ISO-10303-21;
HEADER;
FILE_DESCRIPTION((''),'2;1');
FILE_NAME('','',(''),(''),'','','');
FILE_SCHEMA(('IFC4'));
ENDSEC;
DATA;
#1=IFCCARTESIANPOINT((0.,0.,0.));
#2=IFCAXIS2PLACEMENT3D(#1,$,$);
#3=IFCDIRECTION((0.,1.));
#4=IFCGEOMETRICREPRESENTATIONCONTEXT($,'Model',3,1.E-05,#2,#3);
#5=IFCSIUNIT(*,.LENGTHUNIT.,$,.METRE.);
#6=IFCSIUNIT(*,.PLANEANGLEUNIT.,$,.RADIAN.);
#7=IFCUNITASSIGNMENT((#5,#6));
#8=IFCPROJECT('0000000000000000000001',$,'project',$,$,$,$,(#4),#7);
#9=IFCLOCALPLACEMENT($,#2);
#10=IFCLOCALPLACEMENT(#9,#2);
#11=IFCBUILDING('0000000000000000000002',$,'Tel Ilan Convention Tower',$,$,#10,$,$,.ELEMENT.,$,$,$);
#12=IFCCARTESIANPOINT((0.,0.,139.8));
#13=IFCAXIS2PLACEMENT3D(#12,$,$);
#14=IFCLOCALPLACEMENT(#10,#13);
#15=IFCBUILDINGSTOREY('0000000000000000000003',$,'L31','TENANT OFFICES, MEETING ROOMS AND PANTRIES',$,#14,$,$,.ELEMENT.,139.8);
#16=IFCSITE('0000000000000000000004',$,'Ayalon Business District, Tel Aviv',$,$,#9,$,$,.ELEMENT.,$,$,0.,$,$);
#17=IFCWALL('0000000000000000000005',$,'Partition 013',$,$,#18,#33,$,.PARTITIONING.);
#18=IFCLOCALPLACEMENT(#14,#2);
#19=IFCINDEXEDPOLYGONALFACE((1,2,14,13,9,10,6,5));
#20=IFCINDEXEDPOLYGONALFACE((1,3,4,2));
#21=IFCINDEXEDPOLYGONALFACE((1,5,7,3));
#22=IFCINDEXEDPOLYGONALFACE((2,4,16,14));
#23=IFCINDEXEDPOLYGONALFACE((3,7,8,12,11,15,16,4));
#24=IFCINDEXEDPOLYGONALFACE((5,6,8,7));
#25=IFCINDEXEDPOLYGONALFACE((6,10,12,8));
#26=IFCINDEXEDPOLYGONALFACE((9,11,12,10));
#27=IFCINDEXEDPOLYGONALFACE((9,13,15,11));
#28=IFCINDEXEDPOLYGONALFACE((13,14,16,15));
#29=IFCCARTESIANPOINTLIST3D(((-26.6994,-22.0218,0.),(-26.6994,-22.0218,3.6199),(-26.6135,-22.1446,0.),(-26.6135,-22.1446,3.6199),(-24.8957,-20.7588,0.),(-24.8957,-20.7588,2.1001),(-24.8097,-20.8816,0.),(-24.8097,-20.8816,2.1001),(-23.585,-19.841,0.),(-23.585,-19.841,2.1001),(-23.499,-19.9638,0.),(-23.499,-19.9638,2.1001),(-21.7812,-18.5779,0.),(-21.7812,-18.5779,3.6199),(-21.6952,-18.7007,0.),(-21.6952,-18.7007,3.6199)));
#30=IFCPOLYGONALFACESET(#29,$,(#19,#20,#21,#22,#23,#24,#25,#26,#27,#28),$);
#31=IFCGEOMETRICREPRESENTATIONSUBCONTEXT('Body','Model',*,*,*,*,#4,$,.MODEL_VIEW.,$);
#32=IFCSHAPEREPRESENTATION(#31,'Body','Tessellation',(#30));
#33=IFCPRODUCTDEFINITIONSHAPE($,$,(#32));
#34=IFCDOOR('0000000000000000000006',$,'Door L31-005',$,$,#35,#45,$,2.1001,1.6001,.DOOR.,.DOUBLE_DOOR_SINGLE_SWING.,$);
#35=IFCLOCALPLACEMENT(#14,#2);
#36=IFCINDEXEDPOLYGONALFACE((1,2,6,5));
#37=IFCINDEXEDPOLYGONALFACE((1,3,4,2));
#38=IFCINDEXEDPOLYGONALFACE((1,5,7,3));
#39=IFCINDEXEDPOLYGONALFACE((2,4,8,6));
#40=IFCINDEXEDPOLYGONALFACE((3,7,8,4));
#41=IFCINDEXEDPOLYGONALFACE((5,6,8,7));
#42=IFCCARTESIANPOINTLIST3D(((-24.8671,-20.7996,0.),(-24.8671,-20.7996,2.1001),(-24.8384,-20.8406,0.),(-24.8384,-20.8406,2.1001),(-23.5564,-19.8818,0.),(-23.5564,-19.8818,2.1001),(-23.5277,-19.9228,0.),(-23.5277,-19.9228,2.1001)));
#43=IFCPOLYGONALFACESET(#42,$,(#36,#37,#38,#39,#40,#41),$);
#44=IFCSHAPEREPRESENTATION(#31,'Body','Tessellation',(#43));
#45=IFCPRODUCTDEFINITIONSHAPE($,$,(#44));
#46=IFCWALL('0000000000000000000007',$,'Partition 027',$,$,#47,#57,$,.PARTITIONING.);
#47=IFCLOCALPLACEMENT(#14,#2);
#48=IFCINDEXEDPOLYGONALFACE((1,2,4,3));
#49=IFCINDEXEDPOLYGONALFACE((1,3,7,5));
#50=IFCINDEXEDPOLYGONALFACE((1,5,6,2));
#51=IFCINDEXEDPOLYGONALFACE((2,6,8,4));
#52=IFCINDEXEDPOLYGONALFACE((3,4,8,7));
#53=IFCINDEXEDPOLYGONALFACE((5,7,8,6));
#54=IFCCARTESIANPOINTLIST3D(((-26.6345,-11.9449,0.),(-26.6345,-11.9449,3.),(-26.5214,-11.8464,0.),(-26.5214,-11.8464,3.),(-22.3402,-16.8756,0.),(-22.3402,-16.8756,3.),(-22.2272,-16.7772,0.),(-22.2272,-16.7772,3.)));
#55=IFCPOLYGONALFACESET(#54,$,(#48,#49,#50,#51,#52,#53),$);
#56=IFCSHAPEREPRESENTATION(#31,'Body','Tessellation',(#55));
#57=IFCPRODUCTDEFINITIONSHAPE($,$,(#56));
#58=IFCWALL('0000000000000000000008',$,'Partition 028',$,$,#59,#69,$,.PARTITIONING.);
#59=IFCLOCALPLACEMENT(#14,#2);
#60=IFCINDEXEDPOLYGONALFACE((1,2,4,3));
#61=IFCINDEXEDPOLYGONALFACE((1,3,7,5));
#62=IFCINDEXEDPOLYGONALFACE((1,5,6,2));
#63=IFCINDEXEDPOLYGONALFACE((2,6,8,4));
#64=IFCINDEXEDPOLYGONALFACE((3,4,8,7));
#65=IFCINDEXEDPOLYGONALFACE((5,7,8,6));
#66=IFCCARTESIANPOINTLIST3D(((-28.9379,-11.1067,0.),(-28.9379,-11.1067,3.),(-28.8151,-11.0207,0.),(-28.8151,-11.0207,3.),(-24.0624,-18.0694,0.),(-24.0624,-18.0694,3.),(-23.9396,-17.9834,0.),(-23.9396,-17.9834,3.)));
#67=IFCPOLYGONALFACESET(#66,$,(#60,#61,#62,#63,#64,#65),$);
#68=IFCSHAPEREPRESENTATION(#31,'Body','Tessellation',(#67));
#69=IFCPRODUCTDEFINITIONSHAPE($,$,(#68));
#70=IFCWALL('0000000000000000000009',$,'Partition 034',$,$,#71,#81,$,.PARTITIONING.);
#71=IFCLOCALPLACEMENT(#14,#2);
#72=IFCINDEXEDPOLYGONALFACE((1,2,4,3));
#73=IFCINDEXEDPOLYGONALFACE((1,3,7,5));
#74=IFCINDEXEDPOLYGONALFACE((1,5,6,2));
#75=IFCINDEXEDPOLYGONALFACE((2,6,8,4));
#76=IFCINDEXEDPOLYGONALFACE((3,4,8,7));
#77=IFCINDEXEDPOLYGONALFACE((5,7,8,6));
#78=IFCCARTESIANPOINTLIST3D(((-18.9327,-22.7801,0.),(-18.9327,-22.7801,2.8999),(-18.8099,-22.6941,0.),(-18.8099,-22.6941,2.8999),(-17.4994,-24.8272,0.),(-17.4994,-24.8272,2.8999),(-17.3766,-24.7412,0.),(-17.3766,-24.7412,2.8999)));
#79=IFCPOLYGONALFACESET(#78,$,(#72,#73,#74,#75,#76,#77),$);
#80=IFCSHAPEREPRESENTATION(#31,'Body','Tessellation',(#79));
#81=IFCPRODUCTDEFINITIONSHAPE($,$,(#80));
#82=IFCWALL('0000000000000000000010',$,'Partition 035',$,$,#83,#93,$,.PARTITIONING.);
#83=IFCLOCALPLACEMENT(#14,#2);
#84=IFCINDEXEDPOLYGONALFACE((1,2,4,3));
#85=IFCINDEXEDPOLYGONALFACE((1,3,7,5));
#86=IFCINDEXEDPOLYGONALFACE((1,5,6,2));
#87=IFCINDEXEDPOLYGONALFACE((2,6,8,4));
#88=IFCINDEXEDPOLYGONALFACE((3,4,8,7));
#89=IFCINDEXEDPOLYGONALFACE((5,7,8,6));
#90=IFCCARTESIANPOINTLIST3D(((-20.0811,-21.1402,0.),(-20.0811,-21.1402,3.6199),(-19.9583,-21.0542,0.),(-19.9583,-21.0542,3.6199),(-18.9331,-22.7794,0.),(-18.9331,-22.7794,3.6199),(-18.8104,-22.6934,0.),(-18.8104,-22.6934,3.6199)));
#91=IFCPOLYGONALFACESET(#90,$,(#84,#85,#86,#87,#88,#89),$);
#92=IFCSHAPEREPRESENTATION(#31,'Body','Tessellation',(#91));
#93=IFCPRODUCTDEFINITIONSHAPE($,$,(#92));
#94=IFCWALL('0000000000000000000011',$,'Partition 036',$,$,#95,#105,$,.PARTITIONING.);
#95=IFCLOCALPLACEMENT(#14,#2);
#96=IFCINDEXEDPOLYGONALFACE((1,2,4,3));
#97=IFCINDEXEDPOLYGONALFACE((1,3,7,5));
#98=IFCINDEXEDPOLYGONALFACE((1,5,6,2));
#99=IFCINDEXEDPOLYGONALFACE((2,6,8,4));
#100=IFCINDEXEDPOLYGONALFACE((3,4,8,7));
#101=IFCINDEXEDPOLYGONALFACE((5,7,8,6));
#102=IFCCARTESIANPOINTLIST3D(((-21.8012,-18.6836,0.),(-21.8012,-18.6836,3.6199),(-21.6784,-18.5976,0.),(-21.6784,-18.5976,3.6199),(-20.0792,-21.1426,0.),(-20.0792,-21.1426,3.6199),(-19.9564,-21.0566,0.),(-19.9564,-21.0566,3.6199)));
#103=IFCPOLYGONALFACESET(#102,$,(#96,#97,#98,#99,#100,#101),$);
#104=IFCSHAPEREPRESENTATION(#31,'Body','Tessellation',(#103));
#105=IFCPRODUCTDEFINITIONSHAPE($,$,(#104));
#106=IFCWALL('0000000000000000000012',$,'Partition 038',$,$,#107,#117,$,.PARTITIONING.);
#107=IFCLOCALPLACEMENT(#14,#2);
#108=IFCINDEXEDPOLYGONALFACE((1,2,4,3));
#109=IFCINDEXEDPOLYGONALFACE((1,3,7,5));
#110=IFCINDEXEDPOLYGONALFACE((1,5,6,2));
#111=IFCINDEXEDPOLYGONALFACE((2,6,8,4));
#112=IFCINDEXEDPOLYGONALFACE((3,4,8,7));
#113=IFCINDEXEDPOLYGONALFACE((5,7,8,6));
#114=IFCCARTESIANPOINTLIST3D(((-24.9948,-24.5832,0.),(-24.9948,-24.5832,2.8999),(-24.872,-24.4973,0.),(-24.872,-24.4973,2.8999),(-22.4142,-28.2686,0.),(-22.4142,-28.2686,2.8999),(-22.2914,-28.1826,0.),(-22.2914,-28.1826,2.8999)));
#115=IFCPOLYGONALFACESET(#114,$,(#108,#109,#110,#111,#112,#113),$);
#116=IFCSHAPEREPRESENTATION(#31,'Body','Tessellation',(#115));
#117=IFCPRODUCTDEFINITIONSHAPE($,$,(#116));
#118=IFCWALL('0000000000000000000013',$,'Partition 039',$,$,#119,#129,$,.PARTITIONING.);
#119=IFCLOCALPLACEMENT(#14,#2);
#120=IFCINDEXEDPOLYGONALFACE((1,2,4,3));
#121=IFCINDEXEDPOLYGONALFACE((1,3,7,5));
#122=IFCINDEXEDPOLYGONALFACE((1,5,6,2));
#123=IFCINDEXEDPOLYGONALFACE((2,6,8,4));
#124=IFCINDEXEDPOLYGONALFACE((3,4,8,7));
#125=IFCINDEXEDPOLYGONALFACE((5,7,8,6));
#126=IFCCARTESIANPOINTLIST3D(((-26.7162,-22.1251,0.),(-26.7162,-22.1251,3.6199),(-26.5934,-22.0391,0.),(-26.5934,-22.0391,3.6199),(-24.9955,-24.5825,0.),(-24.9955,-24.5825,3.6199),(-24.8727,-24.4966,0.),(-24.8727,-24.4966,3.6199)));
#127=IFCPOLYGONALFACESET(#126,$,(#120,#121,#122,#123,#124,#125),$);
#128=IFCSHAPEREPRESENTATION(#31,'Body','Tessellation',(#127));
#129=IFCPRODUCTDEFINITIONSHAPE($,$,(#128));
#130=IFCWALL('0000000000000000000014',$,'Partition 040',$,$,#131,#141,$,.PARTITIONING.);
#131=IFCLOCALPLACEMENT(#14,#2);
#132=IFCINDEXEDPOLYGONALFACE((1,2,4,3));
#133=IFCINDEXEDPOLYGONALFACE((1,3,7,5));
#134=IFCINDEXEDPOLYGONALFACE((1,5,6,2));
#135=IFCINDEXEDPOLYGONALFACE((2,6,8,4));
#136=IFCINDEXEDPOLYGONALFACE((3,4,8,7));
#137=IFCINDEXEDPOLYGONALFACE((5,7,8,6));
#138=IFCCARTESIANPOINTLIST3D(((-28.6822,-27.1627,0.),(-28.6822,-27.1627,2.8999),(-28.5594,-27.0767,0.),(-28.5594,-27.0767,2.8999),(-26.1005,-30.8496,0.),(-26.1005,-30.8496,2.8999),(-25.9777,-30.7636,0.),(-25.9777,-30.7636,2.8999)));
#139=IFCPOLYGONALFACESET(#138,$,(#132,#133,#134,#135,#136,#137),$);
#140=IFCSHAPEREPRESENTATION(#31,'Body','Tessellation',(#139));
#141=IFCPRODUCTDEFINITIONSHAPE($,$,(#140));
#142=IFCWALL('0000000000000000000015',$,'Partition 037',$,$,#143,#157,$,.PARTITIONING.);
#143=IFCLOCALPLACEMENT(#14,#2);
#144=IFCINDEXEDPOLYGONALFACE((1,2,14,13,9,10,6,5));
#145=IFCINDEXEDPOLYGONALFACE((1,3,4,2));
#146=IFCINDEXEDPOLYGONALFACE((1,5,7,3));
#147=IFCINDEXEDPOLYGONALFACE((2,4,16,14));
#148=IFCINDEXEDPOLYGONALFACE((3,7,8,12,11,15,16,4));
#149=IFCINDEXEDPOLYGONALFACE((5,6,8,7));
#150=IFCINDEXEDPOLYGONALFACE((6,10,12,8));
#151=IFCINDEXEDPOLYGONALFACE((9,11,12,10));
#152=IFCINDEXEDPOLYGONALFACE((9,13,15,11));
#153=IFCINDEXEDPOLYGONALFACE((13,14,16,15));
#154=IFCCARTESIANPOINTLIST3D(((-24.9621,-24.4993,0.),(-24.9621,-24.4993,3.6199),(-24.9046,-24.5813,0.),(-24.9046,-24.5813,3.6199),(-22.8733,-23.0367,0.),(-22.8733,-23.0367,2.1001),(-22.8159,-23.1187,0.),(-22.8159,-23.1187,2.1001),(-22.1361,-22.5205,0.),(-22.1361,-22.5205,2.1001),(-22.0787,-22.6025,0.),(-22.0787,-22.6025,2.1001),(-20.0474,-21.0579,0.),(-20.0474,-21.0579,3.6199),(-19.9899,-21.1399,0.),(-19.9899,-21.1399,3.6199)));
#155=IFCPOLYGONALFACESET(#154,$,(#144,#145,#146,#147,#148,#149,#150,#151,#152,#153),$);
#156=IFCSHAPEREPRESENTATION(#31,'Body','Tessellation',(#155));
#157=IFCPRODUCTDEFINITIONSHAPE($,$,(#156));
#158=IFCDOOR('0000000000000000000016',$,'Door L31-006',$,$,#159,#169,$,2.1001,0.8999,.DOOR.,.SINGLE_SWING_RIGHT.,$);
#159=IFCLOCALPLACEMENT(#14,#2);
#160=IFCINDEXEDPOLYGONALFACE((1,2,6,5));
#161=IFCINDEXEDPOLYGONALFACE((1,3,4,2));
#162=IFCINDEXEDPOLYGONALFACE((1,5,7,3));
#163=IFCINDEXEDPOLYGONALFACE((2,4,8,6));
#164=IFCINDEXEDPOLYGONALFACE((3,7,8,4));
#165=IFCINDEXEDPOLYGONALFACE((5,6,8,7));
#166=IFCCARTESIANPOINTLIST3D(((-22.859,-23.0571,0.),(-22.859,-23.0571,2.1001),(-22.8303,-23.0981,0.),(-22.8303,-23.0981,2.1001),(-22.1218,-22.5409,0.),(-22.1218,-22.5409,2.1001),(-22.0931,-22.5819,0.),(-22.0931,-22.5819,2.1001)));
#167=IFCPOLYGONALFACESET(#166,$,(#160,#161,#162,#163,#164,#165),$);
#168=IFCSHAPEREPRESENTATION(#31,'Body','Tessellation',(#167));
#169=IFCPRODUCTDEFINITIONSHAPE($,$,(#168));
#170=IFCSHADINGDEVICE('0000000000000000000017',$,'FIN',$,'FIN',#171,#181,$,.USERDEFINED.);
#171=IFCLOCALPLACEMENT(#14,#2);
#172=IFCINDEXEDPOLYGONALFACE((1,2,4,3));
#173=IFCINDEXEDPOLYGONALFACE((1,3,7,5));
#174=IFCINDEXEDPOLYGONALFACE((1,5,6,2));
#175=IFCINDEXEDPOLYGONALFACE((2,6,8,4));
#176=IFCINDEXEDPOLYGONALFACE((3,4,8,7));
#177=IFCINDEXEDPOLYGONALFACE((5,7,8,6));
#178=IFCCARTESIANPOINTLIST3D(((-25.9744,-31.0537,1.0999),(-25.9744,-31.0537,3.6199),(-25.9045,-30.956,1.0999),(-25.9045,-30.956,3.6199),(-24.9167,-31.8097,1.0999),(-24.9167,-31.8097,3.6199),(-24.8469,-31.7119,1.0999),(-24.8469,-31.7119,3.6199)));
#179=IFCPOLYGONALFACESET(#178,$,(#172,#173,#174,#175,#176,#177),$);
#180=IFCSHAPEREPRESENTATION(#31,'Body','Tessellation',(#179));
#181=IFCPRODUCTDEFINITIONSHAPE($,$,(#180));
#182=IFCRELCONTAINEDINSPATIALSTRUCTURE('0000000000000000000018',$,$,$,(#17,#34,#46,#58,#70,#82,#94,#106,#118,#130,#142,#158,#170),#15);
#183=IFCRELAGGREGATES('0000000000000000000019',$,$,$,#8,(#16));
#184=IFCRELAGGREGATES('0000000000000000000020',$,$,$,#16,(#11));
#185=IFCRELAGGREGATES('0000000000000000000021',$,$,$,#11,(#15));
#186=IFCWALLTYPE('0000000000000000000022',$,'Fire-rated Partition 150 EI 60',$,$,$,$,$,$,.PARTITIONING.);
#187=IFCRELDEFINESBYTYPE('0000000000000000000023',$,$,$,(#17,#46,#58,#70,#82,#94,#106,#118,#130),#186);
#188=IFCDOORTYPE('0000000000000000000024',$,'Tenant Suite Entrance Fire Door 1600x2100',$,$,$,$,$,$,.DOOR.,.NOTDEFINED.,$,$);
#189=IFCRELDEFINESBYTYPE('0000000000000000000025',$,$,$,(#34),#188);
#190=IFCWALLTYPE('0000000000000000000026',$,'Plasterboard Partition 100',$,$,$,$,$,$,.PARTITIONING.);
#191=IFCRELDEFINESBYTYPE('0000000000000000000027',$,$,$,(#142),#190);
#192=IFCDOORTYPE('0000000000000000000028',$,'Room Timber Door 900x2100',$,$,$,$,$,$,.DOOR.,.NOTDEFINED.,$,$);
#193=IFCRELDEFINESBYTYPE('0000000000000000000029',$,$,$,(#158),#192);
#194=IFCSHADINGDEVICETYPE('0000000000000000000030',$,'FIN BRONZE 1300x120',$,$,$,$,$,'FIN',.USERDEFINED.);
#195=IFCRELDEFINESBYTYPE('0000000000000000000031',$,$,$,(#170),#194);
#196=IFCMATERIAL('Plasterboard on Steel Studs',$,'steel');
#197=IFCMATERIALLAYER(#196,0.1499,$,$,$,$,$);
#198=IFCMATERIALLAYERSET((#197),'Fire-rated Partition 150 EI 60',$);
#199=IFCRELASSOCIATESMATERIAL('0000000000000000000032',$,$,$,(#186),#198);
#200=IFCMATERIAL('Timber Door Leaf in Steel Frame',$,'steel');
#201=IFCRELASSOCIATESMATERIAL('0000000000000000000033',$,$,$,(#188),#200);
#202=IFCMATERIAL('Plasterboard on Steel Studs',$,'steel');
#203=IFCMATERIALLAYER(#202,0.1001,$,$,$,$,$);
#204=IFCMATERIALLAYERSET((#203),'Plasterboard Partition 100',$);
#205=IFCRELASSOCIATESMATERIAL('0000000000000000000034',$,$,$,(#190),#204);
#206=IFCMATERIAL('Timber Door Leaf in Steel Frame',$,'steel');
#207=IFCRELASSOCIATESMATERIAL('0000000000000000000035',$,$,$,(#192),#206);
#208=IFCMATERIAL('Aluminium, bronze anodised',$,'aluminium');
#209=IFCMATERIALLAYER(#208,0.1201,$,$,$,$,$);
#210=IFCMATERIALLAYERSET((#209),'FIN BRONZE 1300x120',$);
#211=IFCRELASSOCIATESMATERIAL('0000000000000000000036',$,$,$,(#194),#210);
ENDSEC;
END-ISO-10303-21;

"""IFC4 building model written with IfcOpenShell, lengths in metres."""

from ifc_helpers import new_model, si_unit, direction, frame, frame_2d, origin, origin_2d, place, context, subcontext, project, spatial, rectangle, extrude, material, layer, layer_set, type_object, element, fill, save


model = new_model("IFC4")

# Units and contexts
model_context = context("Model", 3, precision=1e-05, world=origin(), true_north=direction((0.0, 1.0)))
body_context = subcontext(model_context, "Body", "Model", "MODEL_VIEW")
ifc_project = project(units=[si_unit("LENGTHUNIT", "METRE"), si_unit("PLANEANGLEUNIT", "RADIAN")], contexts=[model_context])

# Site, building, storey
site_placement = place(None, origin())
site = spatial("IfcSite", under=ifc_project, at=site_placement, Name="Ayalon Business District, Tel Aviv", CompositionType="ELEMENT", RefElevation=0.0)
building_placement = place(site_placement, origin())
building = spatial("IfcBuilding", under=site, at=building_placement, Name="Tel Ilan Convention Tower", CompositionType="ELEMENT")
storey_placement = place(building_placement, frame((0.0, 0.0, 139.8)))
storey = spatial("IfcBuildingStorey", under=building, at=storey_placement, Name="L31", Description="TENANT OFFICES, MEETING ROOMS AND PANTRIES", CompositionType="ELEMENT", Elevation=139.8)

# Wall, opening, door
ifc_material_1 = material(Name="Plasterboard on Steel Studs", Category="steel")
ifc_layer_1 = layer(ifc_material_1, 0.1499)
ifc_layer_set_1 = layer_set([ifc_layer_1], Name="Fire-rated Partition 150 EI 60")
wall_type_1 = type_object("IfcWallType", Name="Fire-rated Partition 150 EI 60", PredefinedType="PARTITIONING", material=ifc_layer_set_1)
wall_1_placement = place(storey_placement, frame((-21.7383, -18.6394, 0.0), z_axis=(0.0, 0.0, 1.0), x_axis=(-0.819146, -0.573585, 0.0)))
wall_1 = element("IfcWall", 1, at=wall_1_placement, inside=storey, type_object=wall_type_1, Name="Partition 013", PredefinedType="PARTITIONING", context=body_context, shape_type="SweptSolid", body=[
    extrude(rectangle(XDim=6.0042, YDim=0.1499, at=frame_2d((3.002, 0.0))), origin(), (0.0, 0.0, 1.0), 3.6199),
])
opening_1_placement = place(wall_1_placement, frame((2.2019, 0.0, 0.0)))
opening_1 = element("IfcOpeningElement", 2, at=opening_1_placement, cuts=wall_1, PredefinedType="OPENING", context=body_context, shape_type="SweptSolid", body=[
    extrude(rectangle(XDim=1.6001, YDim=2.1001, at=frame_2d((0.8, 1.05))), frame((0.0, 0.085, 0.0), z_axis=(0.0, -1.0, 0.0), x_axis=(1.0, 0.0, 0.0)), (0.0, 0.0, 1.0), 0.1699),
])
ifc_material_2 = material(Name="Timber Door Leaf in Steel Frame", Category="steel")
door_type_1 = type_object("IfcDoorType", Name="Tenant Suite Entrance Fire Door 1600x2100", OperationType="NOTDEFINED", PredefinedType="DOOR", material=ifc_material_2)
door_1_placement = place(opening_1_placement, origin())
door_1 = element("IfcDoor", 3, at=door_1_placement, inside=storey, type_object=door_type_1, Name="Door L31-005", OperationType="DOUBLE_DOOR_SINGLE_SWING", OverallHeight=2.1001, OverallWidth=1.6001, PredefinedType="DOOR", context=body_context, shape_type="SweptSolid", body=[
    extrude(rectangle(XDim=1.6001, YDim=2.1001, at=frame_2d((0.8, 1.05))), frame((0.0, 0.0249, 0.0), z_axis=(0.0, -1.0, 0.0), x_axis=(1.0, 0.0, 0.0)), (0.0, 0.0, 1.0), 0.05),
])
fill(opening_1, door_1)

# Walls
wall_2_placement = place(storey_placement, frame((-22.2837, -16.8264, 0.0), z_axis=(0.0, 0.0, 1.0), x_axis=(-0.656758, 0.754101, 0.0)))
element("IfcWall", 4, at=wall_2_placement, inside=storey, type_object=wall_type_1, Name="Partition 027", PredefinedType="PARTITIONING", context=body_context, shape_type="SweptSolid", body=[
    extrude(rectangle(XDim=6.5386, YDim=0.1499, at=frame_2d((3.2693, 0.0))), origin(), (0.0, 0.0, 1.0), 3.0),
])
wall_3_placement = place(storey_placement, frame((-24.001, -18.0264, 0.0), z_axis=(0.0, 0.0, 1.0), x_axis=(-0.573591, 0.819142, 0.0)))
element("IfcWall", 5, at=wall_3_placement, inside=storey, type_object=wall_type_1, Name="Partition 028", PredefinedType="PARTITIONING", context=body_context, shape_type="SweptSolid", body=[
    extrude(rectangle(XDim=8.5, YDim=0.1499, at=frame_2d((4.25, 0.0))), origin(), (0.0, 0.0, 1.0), 3.0),
])
wall_4_placement = place(storey_placement, frame((-17.438, -24.7842, 0.0), z_axis=(0.0, 0.0, 1.0), x_axis=(-0.573561, 0.819163, 0.0)))
element("IfcWall", 6, at=wall_4_placement, inside=storey, type_object=wall_type_1, Name="Partition 034", PredefinedType="PARTITIONING", context=body_context, shape_type="SweptSolid", body=[
    extrude(rectangle(XDim=2.499, YDim=0.1499, at=frame_2d((1.2495, 0.0))), origin(), (0.0, 0.0, 1.0), 2.8999),
])
wall_5_placement = place(storey_placement, frame((-18.8718, -22.7363, 0.0), z_axis=(0.0, 0.0, 1.0), x_axis=(-0.573642, 0.819106, 0.0)))
element("IfcWall", 7, at=wall_5_placement, inside=storey, type_object=wall_type_1, Name="Partition 035", PredefinedType="PARTITIONING", context=body_context, shape_type="SweptSolid", body=[
    extrude(rectangle(XDim=2.0012, YDim=0.1499, at=frame_2d((1.0005, 0.0))), origin(), (0.0, 0.0, 1.0), 3.6199),
])
wall_6_placement = place(storey_placement, frame((-20.0178, -21.0996, 0.0), z_axis=(0.0, 0.0, 1.0), x_axis=(-0.573604, 0.819133, 0.0)))
element("IfcWall", 8, at=wall_6_placement, inside=storey, type_object=wall_type_1, Name="Partition 036", PredefinedType="PARTITIONING", context=body_context, shape_type="SweptSolid", body=[
    extrude(rectangle(XDim=3.002, YDim=0.1499, at=frame_2d((1.501, 0.0))), origin(), (0.0, 0.0, 1.0), 3.6199),
])
wall_7_placement = place(storey_placement, frame((-22.3528, -28.2256, 0.0), z_axis=(0.0, 0.0, 1.0), x_axis=(-0.57359, 0.819143, 0.0)))
element("IfcWall", 9, at=wall_7_placement, inside=storey, type_object=wall_type_1, Name="Partition 038", PredefinedType="PARTITIONING", context=body_context, shape_type="SweptSolid", body=[
    extrude(rectangle(XDim=4.499, YDim=0.1499, at=frame_2d((2.2495, 0.0))), origin(), (0.0, 0.0, 1.0), 2.8999),
])
wall_8_placement = place(storey_placement, frame((-24.9341, -24.5396, 0.0), z_axis=(0.0, 0.0, 1.0), x_axis=(-0.573561, 0.819163, 0.0)))
element("IfcWall", 10, at=wall_8_placement, inside=storey, type_object=wall_type_1, Name="Partition 039", PredefinedType="PARTITIONING", context=body_context, shape_type="SweptSolid", body=[
    extrude(rectangle(XDim=3.0, YDim=0.1499, at=frame_2d((1.5, 0.0))), origin(), (0.0, 0.0, 1.0), 3.6199),
])
wall_9_placement = place(storey_placement, frame((-26.0391, -30.8066, 0.0), z_axis=(0.0, 0.0, 1.0), x_axis=(-0.573593, 0.81914, 0.0)))
element("IfcWall", 11, at=wall_9_placement, inside=storey, type_object=wall_type_1, Name="Partition 040", PredefinedType="PARTITIONING", context=body_context, shape_type="SweptSolid", body=[
    extrude(rectangle(XDim=4.501, YDim=0.1499, at=frame_2d((2.2505, 0.0))), origin(), (0.0, 0.0, 1.0), 2.8999),
])

# Wall, opening, door
ifc_material_3 = material(Name="Plasterboard on Steel Studs", Category="steel")
ifc_layer_2 = layer(ifc_material_3, 0.1001)
ifc_layer_set_2 = layer_set([ifc_layer_2], Name="Plasterboard Partition 100")
wall_type_2 = type_object("IfcWallType", Name="Plasterboard Partition 100", PredefinedType="PARTITIONING", material=ifc_layer_set_2)
wall_10_placement = place(storey_placement, frame((-20.0186, -21.0989, 0.0), z_axis=(0.0, 0.0, 1.0), x_axis=(-0.81915, -0.57358, 0.0)))
wall_10 = element("IfcWall", 12, at=wall_10_placement, inside=storey, type_object=wall_type_2, Name="Partition 037", PredefinedType="PARTITIONING", context=body_context, shape_type="SweptSolid", body=[
    extrude(rectangle(XDim=5.9998, YDim=0.1001, at=frame_2d((3.0, 0.0))), origin(), (0.0, 0.0, 1.0), 3.6199),
])
opening_2_placement = place(wall_10_placement, frame((2.55, 0.0, 0.0)))
opening_2 = element("IfcOpeningElement", 13, at=opening_2_placement, cuts=wall_10, PredefinedType="OPENING", context=body_context, shape_type="SweptSolid", body=[
    extrude(rectangle(XDim=0.8999, YDim=2.1001, at=frame_2d((0.45, 1.05))), frame((0.0, 0.0601, 0.0), z_axis=(0.0, -1.0, 0.0), x_axis=(1.0, 0.0, 0.0)), (0.0, 0.0, 1.0), 0.1201),
])
ifc_material_4 = material(Name="Timber Door Leaf in Steel Frame", Category="steel")
door_type_2 = type_object("IfcDoorType", Name="Room Timber Door 900x2100", OperationType="NOTDEFINED", PredefinedType="DOOR", material=ifc_material_4)
door_2_placement = place(opening_2_placement, origin())
door_2 = element("IfcDoor", 14, at=door_2_placement, inside=storey, type_object=door_type_2, Name="Door L31-006", OperationType="SINGLE_SWING_RIGHT", OverallHeight=2.1001, OverallWidth=0.8999, PredefinedType="DOOR", context=body_context, shape_type="SweptSolid", body=[
    extrude(rectangle(XDim=0.8999, YDim=2.1001, at=frame_2d((0.45, 1.05))), frame((0.0, 0.0249, 0.0), z_axis=(0.0, -1.0, 0.0), x_axis=(1.0, 0.0, 0.0)), (0.0, 0.0, 1.0), 0.05),
])
fill(opening_2, door_2)

# Shading device
ifc_material_5 = material(Name="Aluminium, bronze anodised", Category="aluminium")
ifc_layer_3 = layer(ifc_material_5, 0.1201)
ifc_layer_set_3 = layer_set([ifc_layer_3], Name="FIN BRONZE 1300x120")
shading_device_type = type_object("IfcShadingDeviceType", Name="FIN BRONZE 1300x120", ElementType="FIN", PredefinedType="USERDEFINED", material=ifc_layer_set_3)
for number, where, z_axis, x_axis, name in (
    (15, (-25.4106, -31.3828, 1.0999), (0.0, 0.0, 1.0), (0.813552, -0.581492, 0.0), "FIN"),
):
    element("IfcShadingDevice", number, at=place(storey_placement, frame(where, z_axis=z_axis, x_axis=x_axis)), inside=storey, type_object=shading_device_type, Name=name, ObjectType="FIN", PredefinedType="USERDEFINED", context=body_context, shape_type="SweptSolid", body=[
        extrude(rectangle(XDim=1.3, YDim=0.1201, at=origin_2d()), origin(), (0.0, 0.0, 1.0), 2.52),
    ])

save(model, "model.ifc")
